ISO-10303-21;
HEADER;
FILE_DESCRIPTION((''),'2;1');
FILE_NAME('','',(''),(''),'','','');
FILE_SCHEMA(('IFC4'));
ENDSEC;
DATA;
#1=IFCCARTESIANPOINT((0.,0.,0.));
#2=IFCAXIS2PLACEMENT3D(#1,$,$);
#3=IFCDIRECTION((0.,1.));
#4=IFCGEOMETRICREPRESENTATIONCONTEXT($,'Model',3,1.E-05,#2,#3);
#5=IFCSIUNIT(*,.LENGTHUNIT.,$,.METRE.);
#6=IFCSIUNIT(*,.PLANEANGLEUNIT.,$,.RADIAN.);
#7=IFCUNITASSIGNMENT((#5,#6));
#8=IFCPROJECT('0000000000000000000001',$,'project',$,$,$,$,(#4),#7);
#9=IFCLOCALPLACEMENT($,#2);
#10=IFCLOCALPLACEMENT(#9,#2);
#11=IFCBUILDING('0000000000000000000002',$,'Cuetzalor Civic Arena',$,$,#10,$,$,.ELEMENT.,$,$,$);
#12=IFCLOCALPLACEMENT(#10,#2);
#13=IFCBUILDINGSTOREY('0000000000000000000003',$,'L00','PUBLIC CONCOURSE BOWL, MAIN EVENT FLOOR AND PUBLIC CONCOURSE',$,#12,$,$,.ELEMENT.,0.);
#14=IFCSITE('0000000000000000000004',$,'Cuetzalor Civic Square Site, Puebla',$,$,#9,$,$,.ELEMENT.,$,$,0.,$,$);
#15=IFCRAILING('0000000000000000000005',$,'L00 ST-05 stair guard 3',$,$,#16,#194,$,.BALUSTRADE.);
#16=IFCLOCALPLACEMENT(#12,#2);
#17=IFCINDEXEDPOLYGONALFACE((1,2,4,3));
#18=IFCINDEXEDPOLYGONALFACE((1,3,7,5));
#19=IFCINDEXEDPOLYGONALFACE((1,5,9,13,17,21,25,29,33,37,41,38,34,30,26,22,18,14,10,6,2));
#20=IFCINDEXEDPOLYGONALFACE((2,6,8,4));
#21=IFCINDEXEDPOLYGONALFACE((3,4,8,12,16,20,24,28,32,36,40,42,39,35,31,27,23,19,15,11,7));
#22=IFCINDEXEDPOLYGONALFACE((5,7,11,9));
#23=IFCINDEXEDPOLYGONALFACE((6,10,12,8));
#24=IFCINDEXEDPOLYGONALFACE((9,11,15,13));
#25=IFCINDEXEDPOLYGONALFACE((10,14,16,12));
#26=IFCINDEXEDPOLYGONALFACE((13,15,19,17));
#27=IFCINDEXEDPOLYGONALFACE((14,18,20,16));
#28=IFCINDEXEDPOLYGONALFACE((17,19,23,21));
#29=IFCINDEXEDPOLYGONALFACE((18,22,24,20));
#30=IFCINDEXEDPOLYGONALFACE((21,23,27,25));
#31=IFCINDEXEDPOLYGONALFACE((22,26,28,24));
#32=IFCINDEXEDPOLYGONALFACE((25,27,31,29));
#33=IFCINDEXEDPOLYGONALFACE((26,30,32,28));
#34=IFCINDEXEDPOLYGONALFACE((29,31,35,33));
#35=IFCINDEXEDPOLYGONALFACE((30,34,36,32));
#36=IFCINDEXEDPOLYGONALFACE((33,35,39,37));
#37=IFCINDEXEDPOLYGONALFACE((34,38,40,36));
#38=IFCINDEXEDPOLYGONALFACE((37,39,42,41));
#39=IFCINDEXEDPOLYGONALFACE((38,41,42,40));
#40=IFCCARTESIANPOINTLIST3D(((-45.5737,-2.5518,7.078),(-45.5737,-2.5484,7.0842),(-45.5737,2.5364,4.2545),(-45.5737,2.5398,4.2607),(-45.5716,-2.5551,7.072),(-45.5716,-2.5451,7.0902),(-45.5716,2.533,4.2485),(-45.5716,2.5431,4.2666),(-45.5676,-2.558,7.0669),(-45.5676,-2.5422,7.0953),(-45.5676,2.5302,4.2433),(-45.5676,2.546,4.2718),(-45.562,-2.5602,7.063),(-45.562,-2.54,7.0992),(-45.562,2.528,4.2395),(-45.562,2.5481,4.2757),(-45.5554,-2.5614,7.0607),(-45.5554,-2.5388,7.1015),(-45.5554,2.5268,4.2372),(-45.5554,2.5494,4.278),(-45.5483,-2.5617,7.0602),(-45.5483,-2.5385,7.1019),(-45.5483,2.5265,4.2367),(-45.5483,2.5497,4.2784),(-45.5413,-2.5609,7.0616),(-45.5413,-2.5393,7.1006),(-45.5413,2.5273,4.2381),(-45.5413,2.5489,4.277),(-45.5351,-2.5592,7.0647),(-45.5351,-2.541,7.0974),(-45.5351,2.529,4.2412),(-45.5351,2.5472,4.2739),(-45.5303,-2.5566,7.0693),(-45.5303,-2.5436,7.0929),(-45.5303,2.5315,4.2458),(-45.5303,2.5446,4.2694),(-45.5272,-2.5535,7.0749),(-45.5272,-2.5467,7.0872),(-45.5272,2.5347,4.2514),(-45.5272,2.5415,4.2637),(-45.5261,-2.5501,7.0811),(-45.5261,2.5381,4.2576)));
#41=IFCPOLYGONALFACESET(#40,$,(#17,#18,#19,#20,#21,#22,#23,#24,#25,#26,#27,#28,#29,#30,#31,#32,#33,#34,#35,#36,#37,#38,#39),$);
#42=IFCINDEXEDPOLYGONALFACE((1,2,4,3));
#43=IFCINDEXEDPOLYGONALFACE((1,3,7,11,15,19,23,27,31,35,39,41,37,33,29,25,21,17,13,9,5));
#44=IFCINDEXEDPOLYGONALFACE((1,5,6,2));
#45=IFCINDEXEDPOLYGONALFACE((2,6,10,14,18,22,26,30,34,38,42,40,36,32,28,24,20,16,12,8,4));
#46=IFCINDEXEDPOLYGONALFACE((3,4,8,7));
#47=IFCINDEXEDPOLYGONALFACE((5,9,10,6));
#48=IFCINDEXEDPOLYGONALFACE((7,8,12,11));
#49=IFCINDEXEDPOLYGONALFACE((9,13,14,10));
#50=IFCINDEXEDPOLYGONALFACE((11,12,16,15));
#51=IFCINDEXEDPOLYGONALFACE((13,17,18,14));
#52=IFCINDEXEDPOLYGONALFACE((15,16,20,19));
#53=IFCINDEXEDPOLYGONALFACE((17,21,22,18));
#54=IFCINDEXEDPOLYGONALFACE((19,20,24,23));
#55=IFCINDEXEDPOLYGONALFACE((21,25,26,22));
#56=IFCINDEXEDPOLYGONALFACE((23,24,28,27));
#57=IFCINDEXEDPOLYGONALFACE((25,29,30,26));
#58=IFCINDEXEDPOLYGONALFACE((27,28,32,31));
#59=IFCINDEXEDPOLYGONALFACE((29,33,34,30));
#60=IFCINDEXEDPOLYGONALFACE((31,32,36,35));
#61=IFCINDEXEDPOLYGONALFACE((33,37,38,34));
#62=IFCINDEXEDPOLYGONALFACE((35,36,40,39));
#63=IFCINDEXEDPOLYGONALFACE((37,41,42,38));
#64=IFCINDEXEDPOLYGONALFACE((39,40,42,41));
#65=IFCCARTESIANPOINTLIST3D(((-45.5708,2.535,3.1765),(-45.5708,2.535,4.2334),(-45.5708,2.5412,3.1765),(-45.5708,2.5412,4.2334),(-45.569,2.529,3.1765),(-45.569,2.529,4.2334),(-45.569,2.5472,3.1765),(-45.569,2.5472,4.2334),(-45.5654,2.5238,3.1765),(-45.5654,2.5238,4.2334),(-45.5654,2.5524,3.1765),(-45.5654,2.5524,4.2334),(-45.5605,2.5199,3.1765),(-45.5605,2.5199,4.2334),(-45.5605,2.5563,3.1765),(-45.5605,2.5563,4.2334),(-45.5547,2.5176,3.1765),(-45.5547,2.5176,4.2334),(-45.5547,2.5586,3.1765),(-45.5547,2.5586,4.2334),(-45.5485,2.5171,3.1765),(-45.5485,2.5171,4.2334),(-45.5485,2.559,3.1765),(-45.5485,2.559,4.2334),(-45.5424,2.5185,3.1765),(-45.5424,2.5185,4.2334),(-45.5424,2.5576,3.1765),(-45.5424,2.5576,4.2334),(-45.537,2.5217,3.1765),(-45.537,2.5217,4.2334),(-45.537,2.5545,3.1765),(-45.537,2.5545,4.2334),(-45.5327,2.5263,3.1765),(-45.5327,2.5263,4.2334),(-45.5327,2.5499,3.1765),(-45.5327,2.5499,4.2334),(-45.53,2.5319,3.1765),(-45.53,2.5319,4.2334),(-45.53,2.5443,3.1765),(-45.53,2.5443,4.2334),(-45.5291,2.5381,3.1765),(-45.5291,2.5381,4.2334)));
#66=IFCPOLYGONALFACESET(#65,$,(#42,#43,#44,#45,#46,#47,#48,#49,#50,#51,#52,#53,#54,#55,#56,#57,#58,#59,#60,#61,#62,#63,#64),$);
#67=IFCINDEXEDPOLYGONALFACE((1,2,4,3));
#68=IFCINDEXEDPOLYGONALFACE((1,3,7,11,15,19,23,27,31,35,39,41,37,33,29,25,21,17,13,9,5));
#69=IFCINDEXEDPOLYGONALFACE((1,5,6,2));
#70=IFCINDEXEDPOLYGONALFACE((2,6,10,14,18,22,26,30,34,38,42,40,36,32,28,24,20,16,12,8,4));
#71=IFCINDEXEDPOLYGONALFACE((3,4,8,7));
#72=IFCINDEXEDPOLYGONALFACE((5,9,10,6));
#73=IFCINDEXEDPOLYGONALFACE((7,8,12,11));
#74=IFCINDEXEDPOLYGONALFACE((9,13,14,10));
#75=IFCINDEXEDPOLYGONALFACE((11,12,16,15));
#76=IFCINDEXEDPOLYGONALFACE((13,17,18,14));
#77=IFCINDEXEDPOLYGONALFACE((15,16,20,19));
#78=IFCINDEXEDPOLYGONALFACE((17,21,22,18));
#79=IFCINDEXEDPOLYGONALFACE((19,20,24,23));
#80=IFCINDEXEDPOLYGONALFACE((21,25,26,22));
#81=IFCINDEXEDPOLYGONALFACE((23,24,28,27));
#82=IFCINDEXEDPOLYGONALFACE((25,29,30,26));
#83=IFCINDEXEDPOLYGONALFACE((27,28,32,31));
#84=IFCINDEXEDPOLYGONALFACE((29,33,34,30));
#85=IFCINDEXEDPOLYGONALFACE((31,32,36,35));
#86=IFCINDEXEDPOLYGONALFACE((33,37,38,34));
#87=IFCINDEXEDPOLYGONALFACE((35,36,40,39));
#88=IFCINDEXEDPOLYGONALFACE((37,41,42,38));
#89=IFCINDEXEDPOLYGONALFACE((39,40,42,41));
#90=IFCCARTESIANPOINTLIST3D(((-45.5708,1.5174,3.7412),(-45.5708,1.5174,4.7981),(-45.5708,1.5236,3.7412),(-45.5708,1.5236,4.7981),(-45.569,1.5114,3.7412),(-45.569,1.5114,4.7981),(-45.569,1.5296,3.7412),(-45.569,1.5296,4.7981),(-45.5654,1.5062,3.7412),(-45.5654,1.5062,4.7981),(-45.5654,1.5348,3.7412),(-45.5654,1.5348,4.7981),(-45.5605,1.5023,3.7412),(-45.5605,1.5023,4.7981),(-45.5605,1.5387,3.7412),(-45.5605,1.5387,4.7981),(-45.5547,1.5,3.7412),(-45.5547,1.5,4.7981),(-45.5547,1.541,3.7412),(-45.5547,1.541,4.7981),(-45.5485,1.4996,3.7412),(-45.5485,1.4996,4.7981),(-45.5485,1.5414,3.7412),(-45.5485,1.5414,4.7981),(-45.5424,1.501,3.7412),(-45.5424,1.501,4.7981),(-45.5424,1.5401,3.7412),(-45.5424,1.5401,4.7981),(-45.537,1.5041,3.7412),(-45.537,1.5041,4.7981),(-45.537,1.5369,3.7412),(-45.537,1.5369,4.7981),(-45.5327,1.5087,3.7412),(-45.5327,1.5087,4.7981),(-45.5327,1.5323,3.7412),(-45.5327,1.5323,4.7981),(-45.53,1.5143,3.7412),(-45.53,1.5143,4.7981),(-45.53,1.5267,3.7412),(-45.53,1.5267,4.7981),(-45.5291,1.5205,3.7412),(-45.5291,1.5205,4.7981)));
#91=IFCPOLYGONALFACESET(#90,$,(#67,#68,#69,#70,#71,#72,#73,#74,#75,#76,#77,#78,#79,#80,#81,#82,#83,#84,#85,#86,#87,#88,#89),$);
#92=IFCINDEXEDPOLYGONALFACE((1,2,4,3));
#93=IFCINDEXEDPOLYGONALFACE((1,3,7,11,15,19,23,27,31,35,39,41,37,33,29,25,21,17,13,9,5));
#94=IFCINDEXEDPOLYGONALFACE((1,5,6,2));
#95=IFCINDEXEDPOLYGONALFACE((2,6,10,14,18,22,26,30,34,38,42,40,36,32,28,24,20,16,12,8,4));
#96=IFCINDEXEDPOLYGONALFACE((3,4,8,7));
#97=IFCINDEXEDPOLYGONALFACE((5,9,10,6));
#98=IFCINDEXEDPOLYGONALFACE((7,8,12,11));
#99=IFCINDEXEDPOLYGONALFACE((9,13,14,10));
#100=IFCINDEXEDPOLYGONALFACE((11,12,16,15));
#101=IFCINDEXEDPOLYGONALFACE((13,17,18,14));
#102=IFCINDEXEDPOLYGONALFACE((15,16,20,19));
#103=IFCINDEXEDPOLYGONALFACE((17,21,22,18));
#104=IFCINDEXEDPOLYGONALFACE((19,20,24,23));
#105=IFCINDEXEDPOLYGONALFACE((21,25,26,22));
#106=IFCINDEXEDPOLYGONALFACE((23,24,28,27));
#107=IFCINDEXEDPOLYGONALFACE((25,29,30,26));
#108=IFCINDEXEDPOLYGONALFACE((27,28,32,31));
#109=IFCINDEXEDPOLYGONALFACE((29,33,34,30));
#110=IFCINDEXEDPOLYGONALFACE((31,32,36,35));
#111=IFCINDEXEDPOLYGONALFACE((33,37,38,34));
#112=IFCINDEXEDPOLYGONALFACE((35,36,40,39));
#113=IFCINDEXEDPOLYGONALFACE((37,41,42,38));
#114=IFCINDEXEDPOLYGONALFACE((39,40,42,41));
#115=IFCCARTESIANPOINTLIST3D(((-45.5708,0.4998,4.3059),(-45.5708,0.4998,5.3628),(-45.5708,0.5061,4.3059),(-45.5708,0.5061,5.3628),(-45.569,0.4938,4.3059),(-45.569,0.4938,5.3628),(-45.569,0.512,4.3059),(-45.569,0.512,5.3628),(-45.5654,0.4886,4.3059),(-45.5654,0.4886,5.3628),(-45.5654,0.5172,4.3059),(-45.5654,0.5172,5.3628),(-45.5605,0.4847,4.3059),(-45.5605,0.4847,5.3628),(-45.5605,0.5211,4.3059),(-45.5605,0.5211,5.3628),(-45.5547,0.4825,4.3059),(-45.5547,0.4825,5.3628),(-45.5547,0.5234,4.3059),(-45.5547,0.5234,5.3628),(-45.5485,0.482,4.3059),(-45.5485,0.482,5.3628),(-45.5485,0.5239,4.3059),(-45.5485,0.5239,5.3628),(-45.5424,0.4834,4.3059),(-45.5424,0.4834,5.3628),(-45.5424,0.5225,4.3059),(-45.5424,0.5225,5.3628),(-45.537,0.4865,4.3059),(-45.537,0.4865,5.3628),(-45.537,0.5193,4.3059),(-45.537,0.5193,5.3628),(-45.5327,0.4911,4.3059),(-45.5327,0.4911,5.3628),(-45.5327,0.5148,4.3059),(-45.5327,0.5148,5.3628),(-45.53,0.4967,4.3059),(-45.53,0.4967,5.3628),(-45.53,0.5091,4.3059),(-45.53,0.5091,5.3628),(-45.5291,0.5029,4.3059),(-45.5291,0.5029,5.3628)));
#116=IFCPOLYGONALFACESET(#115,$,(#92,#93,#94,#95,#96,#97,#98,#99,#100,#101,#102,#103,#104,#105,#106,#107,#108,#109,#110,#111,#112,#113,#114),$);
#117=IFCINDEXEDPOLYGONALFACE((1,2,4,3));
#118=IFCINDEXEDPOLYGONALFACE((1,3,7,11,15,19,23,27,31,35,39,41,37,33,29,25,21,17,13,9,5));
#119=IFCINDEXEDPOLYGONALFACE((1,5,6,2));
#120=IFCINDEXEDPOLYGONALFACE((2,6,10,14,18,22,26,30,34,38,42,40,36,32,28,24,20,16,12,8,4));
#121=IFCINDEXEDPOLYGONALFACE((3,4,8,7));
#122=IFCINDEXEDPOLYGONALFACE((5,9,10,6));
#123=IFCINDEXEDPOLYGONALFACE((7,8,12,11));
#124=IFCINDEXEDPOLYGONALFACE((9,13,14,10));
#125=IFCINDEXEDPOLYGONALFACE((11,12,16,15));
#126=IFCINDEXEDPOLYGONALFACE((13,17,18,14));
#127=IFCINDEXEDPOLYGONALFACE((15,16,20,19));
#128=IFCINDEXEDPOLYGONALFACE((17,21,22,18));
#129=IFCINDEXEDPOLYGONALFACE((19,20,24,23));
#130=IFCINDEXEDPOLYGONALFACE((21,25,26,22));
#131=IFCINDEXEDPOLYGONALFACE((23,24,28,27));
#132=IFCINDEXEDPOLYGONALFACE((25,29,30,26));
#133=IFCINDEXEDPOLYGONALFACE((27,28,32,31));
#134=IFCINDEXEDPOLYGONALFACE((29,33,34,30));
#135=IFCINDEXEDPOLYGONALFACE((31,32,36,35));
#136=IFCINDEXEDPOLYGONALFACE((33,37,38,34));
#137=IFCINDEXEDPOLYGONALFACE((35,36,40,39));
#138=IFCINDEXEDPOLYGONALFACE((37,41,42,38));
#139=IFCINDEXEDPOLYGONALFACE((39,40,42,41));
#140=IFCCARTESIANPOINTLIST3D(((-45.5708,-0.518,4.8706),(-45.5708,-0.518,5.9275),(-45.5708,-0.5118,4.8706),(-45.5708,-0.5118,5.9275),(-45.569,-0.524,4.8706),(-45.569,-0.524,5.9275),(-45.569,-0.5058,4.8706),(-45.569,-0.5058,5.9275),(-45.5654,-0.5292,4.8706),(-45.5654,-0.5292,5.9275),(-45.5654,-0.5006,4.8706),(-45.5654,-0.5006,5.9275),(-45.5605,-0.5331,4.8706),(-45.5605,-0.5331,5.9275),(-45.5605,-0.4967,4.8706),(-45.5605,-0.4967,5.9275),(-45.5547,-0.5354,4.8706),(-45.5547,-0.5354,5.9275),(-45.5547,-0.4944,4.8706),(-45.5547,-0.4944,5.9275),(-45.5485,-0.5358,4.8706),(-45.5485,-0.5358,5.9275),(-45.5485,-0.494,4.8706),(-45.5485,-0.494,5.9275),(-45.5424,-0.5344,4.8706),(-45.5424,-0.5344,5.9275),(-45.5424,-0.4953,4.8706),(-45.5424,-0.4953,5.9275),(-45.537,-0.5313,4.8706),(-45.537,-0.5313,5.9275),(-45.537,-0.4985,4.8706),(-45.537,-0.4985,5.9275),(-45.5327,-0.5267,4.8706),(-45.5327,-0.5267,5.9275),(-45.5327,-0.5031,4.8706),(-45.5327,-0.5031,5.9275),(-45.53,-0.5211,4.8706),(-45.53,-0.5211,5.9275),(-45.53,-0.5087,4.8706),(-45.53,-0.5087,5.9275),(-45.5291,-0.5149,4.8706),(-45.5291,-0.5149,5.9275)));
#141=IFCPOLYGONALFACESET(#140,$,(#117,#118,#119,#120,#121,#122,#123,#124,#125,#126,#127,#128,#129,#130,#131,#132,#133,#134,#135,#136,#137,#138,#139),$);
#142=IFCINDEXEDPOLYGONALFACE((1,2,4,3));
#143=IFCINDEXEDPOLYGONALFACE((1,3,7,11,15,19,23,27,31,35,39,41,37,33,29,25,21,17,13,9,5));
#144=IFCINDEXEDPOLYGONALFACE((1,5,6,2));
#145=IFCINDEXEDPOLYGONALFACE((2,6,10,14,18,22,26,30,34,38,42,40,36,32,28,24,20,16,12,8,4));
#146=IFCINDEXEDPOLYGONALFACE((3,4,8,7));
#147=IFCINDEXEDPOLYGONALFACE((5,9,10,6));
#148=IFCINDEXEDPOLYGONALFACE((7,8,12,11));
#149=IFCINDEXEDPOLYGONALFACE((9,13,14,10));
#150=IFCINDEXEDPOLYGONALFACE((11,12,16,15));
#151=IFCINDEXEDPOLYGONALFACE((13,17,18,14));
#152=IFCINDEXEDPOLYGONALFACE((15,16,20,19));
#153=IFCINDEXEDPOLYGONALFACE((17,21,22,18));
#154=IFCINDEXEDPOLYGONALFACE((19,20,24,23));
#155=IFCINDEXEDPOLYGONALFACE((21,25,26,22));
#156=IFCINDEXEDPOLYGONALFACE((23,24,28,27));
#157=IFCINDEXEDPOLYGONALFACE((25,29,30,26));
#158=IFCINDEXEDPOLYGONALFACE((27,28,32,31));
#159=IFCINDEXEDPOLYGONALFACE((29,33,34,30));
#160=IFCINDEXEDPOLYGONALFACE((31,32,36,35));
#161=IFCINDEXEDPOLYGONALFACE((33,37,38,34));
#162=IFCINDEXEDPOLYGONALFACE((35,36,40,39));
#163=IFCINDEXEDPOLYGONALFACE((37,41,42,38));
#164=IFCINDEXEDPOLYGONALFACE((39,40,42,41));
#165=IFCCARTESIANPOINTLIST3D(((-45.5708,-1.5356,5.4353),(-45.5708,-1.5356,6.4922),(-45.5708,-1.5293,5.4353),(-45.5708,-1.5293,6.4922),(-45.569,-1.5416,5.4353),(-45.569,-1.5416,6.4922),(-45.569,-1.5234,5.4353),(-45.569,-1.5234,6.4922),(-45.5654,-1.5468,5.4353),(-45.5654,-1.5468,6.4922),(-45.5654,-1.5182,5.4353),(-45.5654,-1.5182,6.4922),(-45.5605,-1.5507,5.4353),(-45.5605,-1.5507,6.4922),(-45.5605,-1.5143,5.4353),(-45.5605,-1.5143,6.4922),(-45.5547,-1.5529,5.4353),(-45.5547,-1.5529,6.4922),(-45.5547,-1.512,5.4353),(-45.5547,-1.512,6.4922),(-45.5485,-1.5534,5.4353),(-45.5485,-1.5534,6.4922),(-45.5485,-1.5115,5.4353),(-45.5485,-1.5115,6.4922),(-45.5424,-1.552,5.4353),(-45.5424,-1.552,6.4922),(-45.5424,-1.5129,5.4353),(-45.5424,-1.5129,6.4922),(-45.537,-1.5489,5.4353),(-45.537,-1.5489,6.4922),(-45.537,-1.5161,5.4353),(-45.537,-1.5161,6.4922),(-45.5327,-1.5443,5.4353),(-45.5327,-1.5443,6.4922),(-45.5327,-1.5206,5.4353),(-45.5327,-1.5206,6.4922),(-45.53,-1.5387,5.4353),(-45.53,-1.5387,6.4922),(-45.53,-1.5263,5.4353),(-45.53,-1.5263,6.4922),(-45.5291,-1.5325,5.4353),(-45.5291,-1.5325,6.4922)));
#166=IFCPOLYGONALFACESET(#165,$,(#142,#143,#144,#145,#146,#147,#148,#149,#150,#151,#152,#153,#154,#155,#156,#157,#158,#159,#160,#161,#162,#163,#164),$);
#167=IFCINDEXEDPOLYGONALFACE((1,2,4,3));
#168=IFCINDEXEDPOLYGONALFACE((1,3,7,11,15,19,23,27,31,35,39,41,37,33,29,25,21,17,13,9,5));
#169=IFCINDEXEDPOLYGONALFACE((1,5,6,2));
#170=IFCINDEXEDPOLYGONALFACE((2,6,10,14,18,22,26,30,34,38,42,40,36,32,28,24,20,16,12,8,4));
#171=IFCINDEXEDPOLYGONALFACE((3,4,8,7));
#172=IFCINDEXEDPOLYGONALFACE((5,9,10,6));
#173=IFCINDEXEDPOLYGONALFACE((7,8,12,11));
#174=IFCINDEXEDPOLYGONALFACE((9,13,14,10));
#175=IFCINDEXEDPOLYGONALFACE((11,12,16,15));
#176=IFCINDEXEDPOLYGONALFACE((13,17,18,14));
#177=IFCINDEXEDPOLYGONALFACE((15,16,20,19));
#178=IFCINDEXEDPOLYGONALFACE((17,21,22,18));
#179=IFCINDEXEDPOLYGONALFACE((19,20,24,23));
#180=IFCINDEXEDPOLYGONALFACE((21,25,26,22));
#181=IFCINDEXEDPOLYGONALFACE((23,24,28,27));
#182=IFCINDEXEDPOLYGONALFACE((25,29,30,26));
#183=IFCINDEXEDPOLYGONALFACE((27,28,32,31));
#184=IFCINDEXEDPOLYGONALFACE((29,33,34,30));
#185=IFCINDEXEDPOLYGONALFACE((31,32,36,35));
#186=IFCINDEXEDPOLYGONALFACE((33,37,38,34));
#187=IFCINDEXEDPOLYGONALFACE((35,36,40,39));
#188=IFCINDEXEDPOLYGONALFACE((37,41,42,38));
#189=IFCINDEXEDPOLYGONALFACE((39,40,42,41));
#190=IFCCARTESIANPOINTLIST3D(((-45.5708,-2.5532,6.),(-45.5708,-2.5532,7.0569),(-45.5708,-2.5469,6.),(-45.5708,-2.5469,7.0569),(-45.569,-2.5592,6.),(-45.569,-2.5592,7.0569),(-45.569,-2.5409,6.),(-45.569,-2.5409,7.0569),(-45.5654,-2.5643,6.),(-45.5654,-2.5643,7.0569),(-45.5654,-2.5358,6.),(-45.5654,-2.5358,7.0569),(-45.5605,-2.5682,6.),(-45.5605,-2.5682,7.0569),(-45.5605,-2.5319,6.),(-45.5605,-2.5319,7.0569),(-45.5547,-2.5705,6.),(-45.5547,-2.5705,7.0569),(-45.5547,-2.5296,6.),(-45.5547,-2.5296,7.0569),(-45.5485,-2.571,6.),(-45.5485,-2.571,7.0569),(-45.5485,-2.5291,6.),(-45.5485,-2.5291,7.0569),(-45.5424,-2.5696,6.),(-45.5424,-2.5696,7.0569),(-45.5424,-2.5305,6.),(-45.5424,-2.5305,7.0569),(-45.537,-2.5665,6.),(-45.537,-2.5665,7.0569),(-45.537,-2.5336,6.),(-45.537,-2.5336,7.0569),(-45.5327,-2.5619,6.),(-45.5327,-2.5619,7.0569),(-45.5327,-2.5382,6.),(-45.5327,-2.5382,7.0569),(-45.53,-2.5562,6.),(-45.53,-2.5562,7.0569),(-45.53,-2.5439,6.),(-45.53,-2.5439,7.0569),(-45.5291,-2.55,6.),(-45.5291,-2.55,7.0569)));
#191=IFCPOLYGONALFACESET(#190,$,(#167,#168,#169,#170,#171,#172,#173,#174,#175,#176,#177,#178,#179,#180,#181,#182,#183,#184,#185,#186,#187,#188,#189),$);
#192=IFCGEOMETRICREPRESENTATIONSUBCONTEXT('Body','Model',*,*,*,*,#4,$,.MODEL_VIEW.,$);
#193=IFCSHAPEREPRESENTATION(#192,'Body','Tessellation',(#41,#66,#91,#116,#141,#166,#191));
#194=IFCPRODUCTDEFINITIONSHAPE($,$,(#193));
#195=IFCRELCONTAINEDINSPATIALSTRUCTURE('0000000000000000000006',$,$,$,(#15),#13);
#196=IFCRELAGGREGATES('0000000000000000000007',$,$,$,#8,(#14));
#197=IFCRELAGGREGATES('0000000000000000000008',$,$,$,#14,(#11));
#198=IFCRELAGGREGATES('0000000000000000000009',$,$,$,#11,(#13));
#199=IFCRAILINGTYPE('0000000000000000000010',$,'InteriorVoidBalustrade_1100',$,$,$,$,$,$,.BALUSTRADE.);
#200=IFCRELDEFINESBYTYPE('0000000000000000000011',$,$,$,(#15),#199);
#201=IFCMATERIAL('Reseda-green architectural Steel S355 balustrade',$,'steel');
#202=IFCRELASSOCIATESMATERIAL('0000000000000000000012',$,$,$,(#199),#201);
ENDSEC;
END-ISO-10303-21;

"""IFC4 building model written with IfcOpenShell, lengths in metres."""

from ifc_helpers import new_model, si_unit, direction, frame, origin, origin_2d, place, context, subcontext, project, spatial, circle, extrude, material, type_object, element, save


model = new_model("IFC4")

# Units and contexts
model_context = context("Model", 3, precision=1e-05, world=origin(), true_north=direction((0.0, 1.0)))
body_context = subcontext(model_context, "Body", "Model", "MODEL_VIEW")
ifc_project = project(units=[si_unit("LENGTHUNIT", "METRE"), si_unit("PLANEANGLEUNIT", "RADIAN")], contexts=[model_context])

# Site, building, storey
site_placement = place(None, origin())
site = spatial("IfcSite", under=ifc_project, at=site_placement, Name="Cuetzalor Civic Square Site, Puebla", CompositionType="ELEMENT", RefElevation=0.0)
building_placement = place(site_placement, origin())
building = spatial("IfcBuilding", under=site, at=building_placement, Name="Cuetzalor Civic Arena", CompositionType="ELEMENT")
storey_placement = place(building_placement, origin())
storey = spatial("IfcBuildingStorey", under=building, at=storey_placement, Name="L00", Description="PUBLIC CONCOURSE BOWL, MAIN EVENT FLOOR AND PUBLIC CONCOURSE", CompositionType="ELEMENT", Elevation=0.0)

# Railing
ifc_material_1 = material(Name="Reseda-green architectural Steel S355 balustrade", Category="steel")
railing_type_1 = type_object("IfcRailingType", Name="InteriorVoidBalustrade_1100", PredefinedType="BALUSTRADE", material=ifc_material_1)
railing_1_placement = place(storey_placement, frame((-45.55, 2.5381, 3.1765)))
element("IfcRailing", 1, at=railing_1_placement, inside=storey, type_object=railing_type_1, Name="L00 ST-05 stair guard 3", PredefinedType="BALUSTRADE", context=body_context, shape_type="SweptSolid", body=[
    extrude(circle(Radius=0.0239, at=origin_2d()), frame((0.0, 0.0, 1.0811), z_axis=(0.0, -0.874395, 0.485215), x_axis=(1.0, 0.0, 0.0)), (0.0, 0.0, 1.0), 5.8191),
    extrude(circle(Radius=0.021, at=origin_2d()), origin(), (0.0, 0.0, 1.0), 1.0569),
    extrude(circle(Radius=0.021, at=origin_2d()), frame((0.0, -1.0176, 0.5647)), (0.0, 0.0, 1.0), 1.0569),
    extrude(circle(Radius=0.021, at=origin_2d()), frame((0.0, -2.0352, 1.1294)), (0.0, 0.0, 1.0), 1.0569),
    extrude(circle(Radius=0.021, at=origin_2d()), frame((0.0, -3.053, 1.6941)), (0.0, 0.0, 1.0), 1.0569),
    extrude(circle(Radius=0.021, at=origin_2d()), frame((0.0, -4.0706, 2.2588)), (0.0, 0.0, 1.0), 1.0569),
    extrude(circle(Radius=0.021, at=origin_2d()), frame((0.0, -5.0881, 2.8235)), (0.0, 0.0, 1.0), 1.0569),
])

save(model, "model.ifc")
